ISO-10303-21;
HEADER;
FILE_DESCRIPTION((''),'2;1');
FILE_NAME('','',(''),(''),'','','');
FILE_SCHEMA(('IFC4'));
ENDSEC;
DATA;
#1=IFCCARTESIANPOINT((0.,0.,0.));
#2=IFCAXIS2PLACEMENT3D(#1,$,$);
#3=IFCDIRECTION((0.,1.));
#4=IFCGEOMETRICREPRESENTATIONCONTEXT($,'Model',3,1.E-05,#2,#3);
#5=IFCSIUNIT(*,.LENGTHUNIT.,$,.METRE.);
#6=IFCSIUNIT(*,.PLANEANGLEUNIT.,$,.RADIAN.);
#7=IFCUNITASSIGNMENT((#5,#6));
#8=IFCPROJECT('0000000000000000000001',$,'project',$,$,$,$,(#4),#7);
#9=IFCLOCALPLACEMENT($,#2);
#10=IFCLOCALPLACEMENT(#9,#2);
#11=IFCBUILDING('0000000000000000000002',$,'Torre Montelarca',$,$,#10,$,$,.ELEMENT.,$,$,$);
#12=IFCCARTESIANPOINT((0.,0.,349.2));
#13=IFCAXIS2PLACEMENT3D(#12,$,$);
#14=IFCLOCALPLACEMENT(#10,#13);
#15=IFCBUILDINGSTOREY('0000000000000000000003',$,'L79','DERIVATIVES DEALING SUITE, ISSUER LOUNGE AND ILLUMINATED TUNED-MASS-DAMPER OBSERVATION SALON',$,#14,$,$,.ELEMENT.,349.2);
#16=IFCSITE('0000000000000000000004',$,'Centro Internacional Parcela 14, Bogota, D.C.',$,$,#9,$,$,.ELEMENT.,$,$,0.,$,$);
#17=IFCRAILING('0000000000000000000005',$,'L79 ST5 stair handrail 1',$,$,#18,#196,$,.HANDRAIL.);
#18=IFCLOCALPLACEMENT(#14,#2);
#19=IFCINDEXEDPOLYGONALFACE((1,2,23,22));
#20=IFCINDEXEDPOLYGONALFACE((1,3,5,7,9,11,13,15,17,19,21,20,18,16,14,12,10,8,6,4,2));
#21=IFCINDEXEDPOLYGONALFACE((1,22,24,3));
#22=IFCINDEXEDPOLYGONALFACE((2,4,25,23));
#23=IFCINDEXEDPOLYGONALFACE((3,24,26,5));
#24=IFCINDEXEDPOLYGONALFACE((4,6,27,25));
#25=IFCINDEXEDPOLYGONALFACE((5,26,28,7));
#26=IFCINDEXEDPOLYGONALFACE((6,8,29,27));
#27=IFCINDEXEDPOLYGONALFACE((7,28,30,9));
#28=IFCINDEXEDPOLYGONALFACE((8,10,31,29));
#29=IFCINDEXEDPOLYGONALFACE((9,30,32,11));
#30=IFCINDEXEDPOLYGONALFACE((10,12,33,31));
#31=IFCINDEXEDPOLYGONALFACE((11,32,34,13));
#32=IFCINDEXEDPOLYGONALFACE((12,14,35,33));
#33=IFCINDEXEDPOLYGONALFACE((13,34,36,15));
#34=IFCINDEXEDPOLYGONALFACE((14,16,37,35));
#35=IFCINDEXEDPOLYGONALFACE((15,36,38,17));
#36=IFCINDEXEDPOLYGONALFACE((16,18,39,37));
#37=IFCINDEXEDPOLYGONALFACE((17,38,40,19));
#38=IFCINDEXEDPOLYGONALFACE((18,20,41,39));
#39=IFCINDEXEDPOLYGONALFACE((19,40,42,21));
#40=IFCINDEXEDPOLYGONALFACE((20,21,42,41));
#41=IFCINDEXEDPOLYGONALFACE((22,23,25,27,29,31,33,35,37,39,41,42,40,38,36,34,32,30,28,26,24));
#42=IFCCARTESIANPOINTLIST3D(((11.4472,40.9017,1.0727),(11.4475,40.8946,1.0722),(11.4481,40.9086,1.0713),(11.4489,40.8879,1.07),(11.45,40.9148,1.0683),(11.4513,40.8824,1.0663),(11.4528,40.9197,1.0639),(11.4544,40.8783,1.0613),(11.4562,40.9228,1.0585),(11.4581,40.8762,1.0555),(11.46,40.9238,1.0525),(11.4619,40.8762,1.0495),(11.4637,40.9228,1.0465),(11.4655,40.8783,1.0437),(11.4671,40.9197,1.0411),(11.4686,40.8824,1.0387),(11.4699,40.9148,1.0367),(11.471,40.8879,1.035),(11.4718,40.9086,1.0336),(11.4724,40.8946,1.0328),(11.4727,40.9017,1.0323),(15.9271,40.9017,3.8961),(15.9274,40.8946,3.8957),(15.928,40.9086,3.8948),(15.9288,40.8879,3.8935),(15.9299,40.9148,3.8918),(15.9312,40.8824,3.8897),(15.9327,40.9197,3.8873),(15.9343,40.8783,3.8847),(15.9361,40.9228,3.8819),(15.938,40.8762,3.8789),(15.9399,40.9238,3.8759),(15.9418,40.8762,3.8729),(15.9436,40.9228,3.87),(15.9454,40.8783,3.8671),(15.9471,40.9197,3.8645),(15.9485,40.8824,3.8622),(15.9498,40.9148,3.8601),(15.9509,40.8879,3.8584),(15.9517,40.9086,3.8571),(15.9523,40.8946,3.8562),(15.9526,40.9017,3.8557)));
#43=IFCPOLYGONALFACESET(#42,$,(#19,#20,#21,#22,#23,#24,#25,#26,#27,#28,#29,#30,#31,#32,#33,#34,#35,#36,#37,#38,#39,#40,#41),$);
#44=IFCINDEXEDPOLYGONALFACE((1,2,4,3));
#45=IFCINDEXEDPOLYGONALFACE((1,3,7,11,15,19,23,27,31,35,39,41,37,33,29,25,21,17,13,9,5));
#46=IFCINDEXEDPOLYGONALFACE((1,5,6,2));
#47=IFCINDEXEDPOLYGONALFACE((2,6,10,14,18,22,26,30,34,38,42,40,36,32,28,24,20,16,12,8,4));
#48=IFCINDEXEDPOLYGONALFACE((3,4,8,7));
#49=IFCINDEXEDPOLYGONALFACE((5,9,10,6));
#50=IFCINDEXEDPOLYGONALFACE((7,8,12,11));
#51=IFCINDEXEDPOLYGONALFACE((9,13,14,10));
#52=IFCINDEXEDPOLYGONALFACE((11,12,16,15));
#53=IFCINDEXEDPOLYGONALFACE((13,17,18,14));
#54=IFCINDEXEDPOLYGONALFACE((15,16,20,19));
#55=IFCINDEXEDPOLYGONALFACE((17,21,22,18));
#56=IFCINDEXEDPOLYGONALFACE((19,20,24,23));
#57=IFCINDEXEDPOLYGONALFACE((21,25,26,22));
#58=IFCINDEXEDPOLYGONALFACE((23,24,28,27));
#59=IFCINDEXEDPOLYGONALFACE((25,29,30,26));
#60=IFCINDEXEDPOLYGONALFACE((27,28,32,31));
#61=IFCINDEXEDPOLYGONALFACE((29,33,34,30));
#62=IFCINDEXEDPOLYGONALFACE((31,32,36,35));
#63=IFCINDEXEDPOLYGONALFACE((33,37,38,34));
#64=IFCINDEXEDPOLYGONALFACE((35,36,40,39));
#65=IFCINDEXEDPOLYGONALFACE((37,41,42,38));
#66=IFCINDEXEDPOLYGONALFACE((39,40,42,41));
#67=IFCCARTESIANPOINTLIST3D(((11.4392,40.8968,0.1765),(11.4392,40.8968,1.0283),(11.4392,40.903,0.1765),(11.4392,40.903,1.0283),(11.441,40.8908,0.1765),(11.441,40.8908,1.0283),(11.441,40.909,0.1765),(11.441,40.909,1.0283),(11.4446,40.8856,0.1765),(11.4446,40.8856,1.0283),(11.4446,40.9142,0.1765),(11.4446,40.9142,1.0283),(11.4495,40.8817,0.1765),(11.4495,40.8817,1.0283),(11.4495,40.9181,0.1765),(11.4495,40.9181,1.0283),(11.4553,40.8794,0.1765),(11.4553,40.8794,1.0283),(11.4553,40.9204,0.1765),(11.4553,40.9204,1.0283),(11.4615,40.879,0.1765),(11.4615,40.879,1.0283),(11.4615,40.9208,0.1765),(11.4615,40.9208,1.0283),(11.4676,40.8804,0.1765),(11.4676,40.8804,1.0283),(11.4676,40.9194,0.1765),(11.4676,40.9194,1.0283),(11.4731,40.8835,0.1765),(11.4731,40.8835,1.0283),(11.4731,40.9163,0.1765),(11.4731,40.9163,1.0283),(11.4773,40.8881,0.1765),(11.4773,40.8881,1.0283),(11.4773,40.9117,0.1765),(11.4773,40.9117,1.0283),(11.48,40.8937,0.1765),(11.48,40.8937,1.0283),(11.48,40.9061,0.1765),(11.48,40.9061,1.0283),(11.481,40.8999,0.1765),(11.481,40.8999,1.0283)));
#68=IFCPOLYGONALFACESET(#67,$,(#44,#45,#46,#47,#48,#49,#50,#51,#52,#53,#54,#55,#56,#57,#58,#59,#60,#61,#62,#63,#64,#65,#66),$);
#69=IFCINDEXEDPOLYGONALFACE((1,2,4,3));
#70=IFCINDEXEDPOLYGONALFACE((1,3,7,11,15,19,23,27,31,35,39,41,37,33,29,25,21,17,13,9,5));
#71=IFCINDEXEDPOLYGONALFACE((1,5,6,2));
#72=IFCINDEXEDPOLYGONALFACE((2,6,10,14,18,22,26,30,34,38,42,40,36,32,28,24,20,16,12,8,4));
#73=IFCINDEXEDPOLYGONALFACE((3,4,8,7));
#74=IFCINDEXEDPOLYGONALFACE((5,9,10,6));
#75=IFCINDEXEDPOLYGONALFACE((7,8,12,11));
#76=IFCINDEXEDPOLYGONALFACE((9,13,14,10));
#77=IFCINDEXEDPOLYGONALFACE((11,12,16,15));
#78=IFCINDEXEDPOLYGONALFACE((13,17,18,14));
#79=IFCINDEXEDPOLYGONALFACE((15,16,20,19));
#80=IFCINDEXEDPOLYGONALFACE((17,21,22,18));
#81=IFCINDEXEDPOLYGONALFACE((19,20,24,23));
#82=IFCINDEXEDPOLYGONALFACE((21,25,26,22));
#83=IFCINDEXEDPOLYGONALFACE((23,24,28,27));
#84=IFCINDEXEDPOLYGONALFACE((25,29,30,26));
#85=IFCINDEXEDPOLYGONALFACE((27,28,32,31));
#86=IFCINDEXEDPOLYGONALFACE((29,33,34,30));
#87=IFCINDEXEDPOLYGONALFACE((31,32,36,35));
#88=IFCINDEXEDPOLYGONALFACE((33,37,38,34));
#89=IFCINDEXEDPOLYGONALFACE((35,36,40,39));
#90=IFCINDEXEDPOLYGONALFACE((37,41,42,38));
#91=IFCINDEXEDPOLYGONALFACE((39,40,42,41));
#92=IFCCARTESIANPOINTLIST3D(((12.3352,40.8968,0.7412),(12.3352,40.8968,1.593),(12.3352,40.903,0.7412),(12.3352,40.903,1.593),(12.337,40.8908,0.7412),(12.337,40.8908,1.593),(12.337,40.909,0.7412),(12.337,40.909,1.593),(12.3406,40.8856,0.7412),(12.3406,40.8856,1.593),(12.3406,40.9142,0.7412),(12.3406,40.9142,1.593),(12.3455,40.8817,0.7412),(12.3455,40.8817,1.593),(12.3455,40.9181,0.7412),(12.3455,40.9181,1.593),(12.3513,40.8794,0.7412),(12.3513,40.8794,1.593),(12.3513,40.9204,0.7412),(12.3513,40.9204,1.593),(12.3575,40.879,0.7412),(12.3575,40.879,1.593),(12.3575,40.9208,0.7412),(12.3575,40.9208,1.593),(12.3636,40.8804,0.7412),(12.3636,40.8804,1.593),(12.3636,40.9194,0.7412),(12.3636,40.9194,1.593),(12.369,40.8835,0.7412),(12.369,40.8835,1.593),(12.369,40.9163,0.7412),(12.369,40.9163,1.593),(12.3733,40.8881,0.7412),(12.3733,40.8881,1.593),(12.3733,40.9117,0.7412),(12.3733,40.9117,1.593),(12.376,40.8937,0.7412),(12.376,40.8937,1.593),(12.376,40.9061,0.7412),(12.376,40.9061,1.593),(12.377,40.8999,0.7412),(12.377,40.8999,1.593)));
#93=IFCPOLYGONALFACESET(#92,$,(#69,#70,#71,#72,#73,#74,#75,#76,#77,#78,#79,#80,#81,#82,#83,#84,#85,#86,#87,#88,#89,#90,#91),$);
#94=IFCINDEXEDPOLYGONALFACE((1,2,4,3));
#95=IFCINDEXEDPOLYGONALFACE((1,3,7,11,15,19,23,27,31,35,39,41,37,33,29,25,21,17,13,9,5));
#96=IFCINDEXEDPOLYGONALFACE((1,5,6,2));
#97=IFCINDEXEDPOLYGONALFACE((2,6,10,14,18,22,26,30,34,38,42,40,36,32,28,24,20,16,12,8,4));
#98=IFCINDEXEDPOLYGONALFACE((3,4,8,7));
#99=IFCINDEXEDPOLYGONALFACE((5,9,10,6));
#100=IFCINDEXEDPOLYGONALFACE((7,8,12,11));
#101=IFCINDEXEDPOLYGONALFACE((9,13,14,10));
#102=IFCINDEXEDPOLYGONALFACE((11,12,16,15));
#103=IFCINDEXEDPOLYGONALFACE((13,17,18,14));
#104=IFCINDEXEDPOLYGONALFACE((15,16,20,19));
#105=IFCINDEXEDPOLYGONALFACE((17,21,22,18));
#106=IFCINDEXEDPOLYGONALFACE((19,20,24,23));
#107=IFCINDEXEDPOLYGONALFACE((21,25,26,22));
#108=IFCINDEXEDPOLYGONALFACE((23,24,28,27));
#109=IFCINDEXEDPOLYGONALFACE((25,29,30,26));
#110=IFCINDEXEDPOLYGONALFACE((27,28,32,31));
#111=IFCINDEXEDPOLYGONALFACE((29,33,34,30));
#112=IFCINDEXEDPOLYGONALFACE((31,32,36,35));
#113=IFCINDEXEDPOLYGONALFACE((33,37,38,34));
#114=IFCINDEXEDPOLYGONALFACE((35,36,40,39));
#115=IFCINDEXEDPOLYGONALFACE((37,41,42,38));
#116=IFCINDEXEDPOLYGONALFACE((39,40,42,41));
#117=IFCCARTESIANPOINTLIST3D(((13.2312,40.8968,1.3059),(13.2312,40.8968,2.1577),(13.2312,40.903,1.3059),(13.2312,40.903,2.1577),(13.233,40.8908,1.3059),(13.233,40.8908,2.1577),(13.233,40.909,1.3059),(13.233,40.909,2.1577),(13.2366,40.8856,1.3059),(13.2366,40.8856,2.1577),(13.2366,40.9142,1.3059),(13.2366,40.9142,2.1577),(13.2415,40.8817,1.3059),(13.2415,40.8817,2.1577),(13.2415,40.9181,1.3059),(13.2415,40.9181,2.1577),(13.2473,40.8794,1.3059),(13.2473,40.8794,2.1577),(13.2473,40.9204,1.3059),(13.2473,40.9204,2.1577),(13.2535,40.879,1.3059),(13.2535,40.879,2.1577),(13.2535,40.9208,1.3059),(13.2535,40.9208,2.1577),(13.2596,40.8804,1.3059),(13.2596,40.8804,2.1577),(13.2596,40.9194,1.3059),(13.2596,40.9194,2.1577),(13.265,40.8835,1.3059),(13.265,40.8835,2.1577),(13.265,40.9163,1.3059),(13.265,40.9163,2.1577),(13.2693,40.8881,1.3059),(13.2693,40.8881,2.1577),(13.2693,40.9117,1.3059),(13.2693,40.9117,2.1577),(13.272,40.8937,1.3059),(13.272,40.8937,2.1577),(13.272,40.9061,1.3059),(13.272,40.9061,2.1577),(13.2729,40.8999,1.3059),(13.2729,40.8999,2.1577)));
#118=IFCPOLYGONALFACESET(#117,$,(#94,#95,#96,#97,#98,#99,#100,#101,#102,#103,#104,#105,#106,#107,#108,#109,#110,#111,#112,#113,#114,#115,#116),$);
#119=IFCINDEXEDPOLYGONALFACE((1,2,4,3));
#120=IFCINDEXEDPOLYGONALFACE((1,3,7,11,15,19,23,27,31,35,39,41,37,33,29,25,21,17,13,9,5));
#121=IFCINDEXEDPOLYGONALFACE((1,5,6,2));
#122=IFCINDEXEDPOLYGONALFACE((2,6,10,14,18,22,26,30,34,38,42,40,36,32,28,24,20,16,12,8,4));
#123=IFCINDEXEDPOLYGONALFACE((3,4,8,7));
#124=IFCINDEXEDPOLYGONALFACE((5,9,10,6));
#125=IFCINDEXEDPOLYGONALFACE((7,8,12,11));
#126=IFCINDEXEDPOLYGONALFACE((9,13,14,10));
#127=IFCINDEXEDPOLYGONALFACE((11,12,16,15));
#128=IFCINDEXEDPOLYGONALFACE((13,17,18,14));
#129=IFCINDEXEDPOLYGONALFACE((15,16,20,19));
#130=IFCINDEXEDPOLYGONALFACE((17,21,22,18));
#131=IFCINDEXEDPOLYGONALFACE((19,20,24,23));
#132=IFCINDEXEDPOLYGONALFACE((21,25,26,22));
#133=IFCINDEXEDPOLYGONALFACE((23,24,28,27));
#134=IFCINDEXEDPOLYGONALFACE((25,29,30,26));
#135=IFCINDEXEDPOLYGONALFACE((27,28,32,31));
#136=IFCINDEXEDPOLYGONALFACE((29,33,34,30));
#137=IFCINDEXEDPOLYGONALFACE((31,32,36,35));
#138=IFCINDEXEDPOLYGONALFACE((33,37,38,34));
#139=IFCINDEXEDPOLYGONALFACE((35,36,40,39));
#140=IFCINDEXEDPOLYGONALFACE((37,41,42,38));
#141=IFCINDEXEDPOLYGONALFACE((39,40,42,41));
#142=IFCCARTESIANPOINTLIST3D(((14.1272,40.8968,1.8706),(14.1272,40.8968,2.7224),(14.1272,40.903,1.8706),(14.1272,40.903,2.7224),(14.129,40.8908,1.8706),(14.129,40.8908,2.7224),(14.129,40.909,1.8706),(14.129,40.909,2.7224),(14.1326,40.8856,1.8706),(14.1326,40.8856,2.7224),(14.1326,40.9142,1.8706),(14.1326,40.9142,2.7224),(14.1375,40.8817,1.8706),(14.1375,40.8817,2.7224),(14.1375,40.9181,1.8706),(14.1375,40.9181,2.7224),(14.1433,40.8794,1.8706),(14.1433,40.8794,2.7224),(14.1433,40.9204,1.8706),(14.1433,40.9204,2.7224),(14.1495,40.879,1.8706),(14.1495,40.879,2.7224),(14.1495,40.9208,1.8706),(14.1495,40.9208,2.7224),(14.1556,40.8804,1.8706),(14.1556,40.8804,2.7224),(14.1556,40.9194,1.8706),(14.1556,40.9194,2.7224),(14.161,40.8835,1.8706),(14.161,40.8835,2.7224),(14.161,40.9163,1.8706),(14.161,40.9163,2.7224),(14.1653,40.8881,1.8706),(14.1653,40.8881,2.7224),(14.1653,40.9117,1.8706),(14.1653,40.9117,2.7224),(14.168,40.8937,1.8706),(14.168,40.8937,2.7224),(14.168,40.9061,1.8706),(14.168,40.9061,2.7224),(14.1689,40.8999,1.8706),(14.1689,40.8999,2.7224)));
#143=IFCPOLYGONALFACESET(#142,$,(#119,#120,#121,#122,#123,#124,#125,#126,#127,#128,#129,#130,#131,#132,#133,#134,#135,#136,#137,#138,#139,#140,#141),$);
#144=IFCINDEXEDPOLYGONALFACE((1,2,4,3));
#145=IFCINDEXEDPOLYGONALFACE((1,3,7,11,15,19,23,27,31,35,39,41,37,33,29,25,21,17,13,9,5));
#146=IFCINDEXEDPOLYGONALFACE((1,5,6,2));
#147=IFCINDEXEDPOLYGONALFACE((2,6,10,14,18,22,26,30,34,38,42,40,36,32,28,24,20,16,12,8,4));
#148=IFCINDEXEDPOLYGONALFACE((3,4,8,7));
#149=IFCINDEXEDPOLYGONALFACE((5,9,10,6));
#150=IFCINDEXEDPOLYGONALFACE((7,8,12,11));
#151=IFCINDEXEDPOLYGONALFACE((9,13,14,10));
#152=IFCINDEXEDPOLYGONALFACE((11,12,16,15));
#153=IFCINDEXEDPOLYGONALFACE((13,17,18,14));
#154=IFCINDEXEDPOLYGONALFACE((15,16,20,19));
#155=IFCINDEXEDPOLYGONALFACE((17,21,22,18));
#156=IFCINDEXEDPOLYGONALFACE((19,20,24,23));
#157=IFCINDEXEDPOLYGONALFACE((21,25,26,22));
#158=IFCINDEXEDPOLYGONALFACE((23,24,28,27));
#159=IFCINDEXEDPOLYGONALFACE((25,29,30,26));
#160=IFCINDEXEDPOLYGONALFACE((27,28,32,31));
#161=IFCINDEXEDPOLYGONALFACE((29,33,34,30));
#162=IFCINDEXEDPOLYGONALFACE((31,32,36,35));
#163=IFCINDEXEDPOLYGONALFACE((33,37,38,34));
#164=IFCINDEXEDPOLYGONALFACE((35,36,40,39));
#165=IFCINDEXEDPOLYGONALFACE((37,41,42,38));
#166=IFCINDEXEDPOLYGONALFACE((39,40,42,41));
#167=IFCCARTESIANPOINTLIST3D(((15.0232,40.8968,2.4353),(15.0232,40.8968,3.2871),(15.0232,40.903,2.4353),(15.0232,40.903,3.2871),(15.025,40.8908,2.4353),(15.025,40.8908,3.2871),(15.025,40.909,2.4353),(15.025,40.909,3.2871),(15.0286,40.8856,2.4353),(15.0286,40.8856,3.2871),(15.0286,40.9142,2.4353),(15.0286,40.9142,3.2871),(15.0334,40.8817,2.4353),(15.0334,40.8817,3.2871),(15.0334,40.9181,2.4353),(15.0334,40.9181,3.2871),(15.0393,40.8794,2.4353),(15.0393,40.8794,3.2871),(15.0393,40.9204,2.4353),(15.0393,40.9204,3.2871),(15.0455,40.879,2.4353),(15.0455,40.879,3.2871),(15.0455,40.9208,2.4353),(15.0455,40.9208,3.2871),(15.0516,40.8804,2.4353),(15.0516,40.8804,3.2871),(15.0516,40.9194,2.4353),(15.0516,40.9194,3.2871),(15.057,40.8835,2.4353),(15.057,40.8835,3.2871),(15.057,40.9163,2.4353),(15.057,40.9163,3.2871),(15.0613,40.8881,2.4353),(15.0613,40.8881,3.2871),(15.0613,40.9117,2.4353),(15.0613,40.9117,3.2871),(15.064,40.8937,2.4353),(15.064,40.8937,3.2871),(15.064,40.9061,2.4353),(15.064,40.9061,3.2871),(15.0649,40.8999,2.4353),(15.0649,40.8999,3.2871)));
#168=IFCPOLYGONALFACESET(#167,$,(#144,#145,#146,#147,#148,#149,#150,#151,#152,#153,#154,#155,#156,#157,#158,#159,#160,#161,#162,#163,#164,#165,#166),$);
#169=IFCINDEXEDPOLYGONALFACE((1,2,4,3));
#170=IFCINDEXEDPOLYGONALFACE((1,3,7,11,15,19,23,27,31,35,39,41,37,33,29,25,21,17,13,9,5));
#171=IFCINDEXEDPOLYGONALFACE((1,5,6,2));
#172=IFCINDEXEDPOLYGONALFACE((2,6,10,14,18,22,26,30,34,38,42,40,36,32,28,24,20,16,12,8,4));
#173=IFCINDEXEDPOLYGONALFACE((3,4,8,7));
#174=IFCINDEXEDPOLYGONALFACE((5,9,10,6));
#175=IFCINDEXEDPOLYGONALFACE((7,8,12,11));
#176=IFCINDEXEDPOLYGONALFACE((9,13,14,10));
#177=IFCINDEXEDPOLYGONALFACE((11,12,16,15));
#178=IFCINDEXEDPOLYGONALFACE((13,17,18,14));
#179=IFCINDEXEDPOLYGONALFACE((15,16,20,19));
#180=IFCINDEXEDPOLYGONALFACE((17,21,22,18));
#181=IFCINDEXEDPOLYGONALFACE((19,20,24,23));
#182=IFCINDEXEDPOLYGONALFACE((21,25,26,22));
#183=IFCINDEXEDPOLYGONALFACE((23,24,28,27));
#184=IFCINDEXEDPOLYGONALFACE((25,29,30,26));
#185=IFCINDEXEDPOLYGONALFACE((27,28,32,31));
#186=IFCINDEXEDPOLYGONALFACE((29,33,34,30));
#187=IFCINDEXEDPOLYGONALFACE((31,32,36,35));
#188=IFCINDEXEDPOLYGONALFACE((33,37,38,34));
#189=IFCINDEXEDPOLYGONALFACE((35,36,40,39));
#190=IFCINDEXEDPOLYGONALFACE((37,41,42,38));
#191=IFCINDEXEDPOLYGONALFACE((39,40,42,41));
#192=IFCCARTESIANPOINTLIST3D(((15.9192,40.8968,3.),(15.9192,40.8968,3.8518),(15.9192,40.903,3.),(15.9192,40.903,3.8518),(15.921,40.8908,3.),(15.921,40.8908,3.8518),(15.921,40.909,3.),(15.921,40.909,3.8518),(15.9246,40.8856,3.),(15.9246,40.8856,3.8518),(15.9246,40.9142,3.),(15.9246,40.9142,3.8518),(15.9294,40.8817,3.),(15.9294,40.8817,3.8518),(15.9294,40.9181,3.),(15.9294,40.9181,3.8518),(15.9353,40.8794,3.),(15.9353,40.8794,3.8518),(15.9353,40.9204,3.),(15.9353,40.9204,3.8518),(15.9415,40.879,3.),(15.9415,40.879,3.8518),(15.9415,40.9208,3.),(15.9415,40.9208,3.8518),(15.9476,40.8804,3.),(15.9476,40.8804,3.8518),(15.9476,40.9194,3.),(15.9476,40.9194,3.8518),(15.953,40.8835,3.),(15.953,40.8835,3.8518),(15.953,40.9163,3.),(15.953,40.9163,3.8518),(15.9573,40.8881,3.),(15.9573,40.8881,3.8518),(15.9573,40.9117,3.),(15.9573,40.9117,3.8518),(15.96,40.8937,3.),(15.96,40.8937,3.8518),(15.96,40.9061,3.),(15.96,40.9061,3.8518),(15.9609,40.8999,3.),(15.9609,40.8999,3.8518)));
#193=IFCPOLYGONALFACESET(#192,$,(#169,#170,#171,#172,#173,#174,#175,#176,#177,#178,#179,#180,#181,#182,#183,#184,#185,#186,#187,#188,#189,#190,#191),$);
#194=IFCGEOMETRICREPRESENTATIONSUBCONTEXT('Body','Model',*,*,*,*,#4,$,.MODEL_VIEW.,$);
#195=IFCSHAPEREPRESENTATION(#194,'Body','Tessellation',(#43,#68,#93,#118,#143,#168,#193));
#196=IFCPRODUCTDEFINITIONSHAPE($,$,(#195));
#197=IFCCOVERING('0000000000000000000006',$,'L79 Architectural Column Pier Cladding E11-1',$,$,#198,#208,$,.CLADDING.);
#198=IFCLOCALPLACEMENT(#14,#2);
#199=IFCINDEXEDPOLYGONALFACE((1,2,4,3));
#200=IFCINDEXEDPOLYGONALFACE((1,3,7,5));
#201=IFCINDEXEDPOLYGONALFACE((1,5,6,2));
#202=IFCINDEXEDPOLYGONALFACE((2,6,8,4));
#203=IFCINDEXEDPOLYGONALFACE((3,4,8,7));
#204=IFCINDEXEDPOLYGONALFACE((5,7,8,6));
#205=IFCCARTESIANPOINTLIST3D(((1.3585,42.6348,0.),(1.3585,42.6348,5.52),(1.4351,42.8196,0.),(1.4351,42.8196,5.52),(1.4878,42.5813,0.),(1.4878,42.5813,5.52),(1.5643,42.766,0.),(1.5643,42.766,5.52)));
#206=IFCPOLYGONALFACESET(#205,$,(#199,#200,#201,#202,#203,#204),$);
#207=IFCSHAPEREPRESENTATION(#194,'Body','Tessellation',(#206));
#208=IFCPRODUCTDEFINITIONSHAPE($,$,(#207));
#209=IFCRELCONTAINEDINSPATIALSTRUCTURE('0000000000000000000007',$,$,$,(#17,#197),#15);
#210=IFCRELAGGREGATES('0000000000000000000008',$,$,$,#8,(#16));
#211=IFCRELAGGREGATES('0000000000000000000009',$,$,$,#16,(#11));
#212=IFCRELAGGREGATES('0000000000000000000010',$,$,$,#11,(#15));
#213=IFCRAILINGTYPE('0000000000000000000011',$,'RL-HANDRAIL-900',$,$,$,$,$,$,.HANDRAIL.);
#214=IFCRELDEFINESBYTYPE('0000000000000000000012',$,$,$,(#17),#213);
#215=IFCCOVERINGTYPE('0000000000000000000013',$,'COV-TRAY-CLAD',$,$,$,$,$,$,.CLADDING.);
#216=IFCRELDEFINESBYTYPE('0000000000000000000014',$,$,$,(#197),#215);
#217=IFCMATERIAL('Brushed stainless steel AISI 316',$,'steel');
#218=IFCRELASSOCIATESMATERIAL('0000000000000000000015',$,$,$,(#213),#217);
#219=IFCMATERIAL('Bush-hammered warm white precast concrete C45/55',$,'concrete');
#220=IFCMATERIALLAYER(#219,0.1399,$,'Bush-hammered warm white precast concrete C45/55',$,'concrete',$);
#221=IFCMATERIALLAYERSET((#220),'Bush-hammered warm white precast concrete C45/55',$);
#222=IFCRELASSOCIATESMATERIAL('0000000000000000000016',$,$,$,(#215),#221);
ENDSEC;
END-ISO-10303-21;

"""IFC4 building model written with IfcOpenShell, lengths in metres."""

from ifc_helpers import new_model, si_unit, direction, frame, origin, origin_2d, place, context, subcontext, project, spatial, rectangle, circle, extrude, source, transform, mapped, material, layer, layer_set, type_object, element, save


model = new_model("IFC4")

# Units and contexts
model_context = context("Model", 3, precision=1e-05, world=origin(), true_north=direction((0.0, 1.0)))
body_context = subcontext(model_context, "Body", "Model", "MODEL_VIEW")
ifc_project = project(units=[si_unit("LENGTHUNIT", "METRE"), si_unit("PLANEANGLEUNIT", "RADIAN")], contexts=[model_context])

# Site, building, storey
site_placement = place(None, origin())
site = spatial("IfcSite", under=ifc_project, at=site_placement, Name="Centro Internacional Parcela 14, Bogota, D.C.", CompositionType="ELEMENT", RefElevation=0.0)
building_placement = place(site_placement, origin())
building = spatial("IfcBuilding", under=site, at=building_placement, Name="Torre Montelarca", CompositionType="ELEMENT")
storey_placement = place(building_placement, frame((0.0, 0.0, 349.2)))
storey = spatial("IfcBuildingStorey", under=building, at=storey_placement, Name="L79", Description="DERIVATIVES DEALING SUITE, ISSUER LOUNGE AND ILLUMINATED TUNED-MASS-DAMPER OBSERVATION SALON", CompositionType="ELEMENT", Elevation=349.2)

# Railing
ifc_material_1 = material(Name="Brushed stainless steel AISI 316", Category="steel")
railing_type_1 = type_object("IfcRailingType", Name="RL-HANDRAIL-900", PredefinedType="HANDRAIL", material=ifc_material_1)
railing_1_placement = place(storey_placement, frame((11.46, 40.8999, 0.1765)))
element("IfcRailing", 1, at=railing_1_placement, inside=storey, type_object=railing_type_1, Name="L79 ST5 stair handrail 1", PredefinedType="HANDRAIL", context=body_context, shape_type="SweptSolid", body=[
    extrude(circle(Radius=0.0239, at=origin_2d()), frame((0.0, 0.0, 0.876), z_axis=(0.845998, 0.0, 0.533186), x_axis=(0.0, 1.0, 0.0)), (0.0, 0.0, 1.0), 5.2954),
    extrude(circle(Radius=0.021, at=origin_2d()), origin(), (0.0, 0.0, 1.0), 0.8518),
    extrude(circle(Radius=0.021, at=origin_2d()), frame((0.896, 0.0, 0.5647)), (0.0, 0.0, 1.0), 0.8518),
    extrude(circle(Radius=0.021, at=origin_2d()), frame((1.792, 0.0, 1.1294)), (0.0, 0.0, 1.0), 0.8518),
    extrude(circle(Radius=0.021, at=origin_2d()), frame((2.688, 0.0, 1.6941)), (0.0, 0.0, 1.0), 0.8518),
    extrude(circle(Radius=0.021, at=origin_2d()), frame((3.584, 0.0, 2.2588)), (0.0, 0.0, 1.0), 0.8518),
    extrude(circle(Radius=0.021, at=origin_2d()), frame((4.48, 0.0, 2.8235)), (0.0, 0.0, 1.0), 0.8518),
])

# Covering
ifc_material_2 = material(Name="Bush-hammered warm white precast concrete C45/55", Category="concrete")
ifc_layer_1 = layer(ifc_material_2, 0.1399, Name="Bush-hammered warm white precast concrete C45/55", Category="concrete")
ifc_layer_set_1 = layer_set([ifc_layer_1], Name="Bush-hammered warm white precast concrete C45/55")
covering_type = type_object("IfcCoveringType", Name="COV-TRAY-CLAD", PredefinedType="CLADDING", material=ifc_layer_set_1)
shared_shape_1 = source(origin(), body_context, "Body", "SweptSolid", [
    extrude(rectangle(XDim=0.2, YDim=0.1399, at=origin_2d()), origin(), (0.0, 0.0, 1.0), 5.52),
])
covering_1_placement = place(storey_placement, frame((1.4614, 42.7004, 0.0), z_axis=(0.0, 0.0, 1.0), x_axis=(-0.38268, -0.923881, 0.0)))
element("IfcCovering", 2, at=covering_1_placement, inside=storey, type_object=covering_type, Name="L79 Architectural Column Pier Cladding E11-1", PredefinedType="CLADDING", context=body_context, shape_type="MappedRepresentation", body=[
    mapped(shared_shape_1, transform((0.0, 0.0, 0.0), scale=1.0)),
])

save(model, "model.ifc")
